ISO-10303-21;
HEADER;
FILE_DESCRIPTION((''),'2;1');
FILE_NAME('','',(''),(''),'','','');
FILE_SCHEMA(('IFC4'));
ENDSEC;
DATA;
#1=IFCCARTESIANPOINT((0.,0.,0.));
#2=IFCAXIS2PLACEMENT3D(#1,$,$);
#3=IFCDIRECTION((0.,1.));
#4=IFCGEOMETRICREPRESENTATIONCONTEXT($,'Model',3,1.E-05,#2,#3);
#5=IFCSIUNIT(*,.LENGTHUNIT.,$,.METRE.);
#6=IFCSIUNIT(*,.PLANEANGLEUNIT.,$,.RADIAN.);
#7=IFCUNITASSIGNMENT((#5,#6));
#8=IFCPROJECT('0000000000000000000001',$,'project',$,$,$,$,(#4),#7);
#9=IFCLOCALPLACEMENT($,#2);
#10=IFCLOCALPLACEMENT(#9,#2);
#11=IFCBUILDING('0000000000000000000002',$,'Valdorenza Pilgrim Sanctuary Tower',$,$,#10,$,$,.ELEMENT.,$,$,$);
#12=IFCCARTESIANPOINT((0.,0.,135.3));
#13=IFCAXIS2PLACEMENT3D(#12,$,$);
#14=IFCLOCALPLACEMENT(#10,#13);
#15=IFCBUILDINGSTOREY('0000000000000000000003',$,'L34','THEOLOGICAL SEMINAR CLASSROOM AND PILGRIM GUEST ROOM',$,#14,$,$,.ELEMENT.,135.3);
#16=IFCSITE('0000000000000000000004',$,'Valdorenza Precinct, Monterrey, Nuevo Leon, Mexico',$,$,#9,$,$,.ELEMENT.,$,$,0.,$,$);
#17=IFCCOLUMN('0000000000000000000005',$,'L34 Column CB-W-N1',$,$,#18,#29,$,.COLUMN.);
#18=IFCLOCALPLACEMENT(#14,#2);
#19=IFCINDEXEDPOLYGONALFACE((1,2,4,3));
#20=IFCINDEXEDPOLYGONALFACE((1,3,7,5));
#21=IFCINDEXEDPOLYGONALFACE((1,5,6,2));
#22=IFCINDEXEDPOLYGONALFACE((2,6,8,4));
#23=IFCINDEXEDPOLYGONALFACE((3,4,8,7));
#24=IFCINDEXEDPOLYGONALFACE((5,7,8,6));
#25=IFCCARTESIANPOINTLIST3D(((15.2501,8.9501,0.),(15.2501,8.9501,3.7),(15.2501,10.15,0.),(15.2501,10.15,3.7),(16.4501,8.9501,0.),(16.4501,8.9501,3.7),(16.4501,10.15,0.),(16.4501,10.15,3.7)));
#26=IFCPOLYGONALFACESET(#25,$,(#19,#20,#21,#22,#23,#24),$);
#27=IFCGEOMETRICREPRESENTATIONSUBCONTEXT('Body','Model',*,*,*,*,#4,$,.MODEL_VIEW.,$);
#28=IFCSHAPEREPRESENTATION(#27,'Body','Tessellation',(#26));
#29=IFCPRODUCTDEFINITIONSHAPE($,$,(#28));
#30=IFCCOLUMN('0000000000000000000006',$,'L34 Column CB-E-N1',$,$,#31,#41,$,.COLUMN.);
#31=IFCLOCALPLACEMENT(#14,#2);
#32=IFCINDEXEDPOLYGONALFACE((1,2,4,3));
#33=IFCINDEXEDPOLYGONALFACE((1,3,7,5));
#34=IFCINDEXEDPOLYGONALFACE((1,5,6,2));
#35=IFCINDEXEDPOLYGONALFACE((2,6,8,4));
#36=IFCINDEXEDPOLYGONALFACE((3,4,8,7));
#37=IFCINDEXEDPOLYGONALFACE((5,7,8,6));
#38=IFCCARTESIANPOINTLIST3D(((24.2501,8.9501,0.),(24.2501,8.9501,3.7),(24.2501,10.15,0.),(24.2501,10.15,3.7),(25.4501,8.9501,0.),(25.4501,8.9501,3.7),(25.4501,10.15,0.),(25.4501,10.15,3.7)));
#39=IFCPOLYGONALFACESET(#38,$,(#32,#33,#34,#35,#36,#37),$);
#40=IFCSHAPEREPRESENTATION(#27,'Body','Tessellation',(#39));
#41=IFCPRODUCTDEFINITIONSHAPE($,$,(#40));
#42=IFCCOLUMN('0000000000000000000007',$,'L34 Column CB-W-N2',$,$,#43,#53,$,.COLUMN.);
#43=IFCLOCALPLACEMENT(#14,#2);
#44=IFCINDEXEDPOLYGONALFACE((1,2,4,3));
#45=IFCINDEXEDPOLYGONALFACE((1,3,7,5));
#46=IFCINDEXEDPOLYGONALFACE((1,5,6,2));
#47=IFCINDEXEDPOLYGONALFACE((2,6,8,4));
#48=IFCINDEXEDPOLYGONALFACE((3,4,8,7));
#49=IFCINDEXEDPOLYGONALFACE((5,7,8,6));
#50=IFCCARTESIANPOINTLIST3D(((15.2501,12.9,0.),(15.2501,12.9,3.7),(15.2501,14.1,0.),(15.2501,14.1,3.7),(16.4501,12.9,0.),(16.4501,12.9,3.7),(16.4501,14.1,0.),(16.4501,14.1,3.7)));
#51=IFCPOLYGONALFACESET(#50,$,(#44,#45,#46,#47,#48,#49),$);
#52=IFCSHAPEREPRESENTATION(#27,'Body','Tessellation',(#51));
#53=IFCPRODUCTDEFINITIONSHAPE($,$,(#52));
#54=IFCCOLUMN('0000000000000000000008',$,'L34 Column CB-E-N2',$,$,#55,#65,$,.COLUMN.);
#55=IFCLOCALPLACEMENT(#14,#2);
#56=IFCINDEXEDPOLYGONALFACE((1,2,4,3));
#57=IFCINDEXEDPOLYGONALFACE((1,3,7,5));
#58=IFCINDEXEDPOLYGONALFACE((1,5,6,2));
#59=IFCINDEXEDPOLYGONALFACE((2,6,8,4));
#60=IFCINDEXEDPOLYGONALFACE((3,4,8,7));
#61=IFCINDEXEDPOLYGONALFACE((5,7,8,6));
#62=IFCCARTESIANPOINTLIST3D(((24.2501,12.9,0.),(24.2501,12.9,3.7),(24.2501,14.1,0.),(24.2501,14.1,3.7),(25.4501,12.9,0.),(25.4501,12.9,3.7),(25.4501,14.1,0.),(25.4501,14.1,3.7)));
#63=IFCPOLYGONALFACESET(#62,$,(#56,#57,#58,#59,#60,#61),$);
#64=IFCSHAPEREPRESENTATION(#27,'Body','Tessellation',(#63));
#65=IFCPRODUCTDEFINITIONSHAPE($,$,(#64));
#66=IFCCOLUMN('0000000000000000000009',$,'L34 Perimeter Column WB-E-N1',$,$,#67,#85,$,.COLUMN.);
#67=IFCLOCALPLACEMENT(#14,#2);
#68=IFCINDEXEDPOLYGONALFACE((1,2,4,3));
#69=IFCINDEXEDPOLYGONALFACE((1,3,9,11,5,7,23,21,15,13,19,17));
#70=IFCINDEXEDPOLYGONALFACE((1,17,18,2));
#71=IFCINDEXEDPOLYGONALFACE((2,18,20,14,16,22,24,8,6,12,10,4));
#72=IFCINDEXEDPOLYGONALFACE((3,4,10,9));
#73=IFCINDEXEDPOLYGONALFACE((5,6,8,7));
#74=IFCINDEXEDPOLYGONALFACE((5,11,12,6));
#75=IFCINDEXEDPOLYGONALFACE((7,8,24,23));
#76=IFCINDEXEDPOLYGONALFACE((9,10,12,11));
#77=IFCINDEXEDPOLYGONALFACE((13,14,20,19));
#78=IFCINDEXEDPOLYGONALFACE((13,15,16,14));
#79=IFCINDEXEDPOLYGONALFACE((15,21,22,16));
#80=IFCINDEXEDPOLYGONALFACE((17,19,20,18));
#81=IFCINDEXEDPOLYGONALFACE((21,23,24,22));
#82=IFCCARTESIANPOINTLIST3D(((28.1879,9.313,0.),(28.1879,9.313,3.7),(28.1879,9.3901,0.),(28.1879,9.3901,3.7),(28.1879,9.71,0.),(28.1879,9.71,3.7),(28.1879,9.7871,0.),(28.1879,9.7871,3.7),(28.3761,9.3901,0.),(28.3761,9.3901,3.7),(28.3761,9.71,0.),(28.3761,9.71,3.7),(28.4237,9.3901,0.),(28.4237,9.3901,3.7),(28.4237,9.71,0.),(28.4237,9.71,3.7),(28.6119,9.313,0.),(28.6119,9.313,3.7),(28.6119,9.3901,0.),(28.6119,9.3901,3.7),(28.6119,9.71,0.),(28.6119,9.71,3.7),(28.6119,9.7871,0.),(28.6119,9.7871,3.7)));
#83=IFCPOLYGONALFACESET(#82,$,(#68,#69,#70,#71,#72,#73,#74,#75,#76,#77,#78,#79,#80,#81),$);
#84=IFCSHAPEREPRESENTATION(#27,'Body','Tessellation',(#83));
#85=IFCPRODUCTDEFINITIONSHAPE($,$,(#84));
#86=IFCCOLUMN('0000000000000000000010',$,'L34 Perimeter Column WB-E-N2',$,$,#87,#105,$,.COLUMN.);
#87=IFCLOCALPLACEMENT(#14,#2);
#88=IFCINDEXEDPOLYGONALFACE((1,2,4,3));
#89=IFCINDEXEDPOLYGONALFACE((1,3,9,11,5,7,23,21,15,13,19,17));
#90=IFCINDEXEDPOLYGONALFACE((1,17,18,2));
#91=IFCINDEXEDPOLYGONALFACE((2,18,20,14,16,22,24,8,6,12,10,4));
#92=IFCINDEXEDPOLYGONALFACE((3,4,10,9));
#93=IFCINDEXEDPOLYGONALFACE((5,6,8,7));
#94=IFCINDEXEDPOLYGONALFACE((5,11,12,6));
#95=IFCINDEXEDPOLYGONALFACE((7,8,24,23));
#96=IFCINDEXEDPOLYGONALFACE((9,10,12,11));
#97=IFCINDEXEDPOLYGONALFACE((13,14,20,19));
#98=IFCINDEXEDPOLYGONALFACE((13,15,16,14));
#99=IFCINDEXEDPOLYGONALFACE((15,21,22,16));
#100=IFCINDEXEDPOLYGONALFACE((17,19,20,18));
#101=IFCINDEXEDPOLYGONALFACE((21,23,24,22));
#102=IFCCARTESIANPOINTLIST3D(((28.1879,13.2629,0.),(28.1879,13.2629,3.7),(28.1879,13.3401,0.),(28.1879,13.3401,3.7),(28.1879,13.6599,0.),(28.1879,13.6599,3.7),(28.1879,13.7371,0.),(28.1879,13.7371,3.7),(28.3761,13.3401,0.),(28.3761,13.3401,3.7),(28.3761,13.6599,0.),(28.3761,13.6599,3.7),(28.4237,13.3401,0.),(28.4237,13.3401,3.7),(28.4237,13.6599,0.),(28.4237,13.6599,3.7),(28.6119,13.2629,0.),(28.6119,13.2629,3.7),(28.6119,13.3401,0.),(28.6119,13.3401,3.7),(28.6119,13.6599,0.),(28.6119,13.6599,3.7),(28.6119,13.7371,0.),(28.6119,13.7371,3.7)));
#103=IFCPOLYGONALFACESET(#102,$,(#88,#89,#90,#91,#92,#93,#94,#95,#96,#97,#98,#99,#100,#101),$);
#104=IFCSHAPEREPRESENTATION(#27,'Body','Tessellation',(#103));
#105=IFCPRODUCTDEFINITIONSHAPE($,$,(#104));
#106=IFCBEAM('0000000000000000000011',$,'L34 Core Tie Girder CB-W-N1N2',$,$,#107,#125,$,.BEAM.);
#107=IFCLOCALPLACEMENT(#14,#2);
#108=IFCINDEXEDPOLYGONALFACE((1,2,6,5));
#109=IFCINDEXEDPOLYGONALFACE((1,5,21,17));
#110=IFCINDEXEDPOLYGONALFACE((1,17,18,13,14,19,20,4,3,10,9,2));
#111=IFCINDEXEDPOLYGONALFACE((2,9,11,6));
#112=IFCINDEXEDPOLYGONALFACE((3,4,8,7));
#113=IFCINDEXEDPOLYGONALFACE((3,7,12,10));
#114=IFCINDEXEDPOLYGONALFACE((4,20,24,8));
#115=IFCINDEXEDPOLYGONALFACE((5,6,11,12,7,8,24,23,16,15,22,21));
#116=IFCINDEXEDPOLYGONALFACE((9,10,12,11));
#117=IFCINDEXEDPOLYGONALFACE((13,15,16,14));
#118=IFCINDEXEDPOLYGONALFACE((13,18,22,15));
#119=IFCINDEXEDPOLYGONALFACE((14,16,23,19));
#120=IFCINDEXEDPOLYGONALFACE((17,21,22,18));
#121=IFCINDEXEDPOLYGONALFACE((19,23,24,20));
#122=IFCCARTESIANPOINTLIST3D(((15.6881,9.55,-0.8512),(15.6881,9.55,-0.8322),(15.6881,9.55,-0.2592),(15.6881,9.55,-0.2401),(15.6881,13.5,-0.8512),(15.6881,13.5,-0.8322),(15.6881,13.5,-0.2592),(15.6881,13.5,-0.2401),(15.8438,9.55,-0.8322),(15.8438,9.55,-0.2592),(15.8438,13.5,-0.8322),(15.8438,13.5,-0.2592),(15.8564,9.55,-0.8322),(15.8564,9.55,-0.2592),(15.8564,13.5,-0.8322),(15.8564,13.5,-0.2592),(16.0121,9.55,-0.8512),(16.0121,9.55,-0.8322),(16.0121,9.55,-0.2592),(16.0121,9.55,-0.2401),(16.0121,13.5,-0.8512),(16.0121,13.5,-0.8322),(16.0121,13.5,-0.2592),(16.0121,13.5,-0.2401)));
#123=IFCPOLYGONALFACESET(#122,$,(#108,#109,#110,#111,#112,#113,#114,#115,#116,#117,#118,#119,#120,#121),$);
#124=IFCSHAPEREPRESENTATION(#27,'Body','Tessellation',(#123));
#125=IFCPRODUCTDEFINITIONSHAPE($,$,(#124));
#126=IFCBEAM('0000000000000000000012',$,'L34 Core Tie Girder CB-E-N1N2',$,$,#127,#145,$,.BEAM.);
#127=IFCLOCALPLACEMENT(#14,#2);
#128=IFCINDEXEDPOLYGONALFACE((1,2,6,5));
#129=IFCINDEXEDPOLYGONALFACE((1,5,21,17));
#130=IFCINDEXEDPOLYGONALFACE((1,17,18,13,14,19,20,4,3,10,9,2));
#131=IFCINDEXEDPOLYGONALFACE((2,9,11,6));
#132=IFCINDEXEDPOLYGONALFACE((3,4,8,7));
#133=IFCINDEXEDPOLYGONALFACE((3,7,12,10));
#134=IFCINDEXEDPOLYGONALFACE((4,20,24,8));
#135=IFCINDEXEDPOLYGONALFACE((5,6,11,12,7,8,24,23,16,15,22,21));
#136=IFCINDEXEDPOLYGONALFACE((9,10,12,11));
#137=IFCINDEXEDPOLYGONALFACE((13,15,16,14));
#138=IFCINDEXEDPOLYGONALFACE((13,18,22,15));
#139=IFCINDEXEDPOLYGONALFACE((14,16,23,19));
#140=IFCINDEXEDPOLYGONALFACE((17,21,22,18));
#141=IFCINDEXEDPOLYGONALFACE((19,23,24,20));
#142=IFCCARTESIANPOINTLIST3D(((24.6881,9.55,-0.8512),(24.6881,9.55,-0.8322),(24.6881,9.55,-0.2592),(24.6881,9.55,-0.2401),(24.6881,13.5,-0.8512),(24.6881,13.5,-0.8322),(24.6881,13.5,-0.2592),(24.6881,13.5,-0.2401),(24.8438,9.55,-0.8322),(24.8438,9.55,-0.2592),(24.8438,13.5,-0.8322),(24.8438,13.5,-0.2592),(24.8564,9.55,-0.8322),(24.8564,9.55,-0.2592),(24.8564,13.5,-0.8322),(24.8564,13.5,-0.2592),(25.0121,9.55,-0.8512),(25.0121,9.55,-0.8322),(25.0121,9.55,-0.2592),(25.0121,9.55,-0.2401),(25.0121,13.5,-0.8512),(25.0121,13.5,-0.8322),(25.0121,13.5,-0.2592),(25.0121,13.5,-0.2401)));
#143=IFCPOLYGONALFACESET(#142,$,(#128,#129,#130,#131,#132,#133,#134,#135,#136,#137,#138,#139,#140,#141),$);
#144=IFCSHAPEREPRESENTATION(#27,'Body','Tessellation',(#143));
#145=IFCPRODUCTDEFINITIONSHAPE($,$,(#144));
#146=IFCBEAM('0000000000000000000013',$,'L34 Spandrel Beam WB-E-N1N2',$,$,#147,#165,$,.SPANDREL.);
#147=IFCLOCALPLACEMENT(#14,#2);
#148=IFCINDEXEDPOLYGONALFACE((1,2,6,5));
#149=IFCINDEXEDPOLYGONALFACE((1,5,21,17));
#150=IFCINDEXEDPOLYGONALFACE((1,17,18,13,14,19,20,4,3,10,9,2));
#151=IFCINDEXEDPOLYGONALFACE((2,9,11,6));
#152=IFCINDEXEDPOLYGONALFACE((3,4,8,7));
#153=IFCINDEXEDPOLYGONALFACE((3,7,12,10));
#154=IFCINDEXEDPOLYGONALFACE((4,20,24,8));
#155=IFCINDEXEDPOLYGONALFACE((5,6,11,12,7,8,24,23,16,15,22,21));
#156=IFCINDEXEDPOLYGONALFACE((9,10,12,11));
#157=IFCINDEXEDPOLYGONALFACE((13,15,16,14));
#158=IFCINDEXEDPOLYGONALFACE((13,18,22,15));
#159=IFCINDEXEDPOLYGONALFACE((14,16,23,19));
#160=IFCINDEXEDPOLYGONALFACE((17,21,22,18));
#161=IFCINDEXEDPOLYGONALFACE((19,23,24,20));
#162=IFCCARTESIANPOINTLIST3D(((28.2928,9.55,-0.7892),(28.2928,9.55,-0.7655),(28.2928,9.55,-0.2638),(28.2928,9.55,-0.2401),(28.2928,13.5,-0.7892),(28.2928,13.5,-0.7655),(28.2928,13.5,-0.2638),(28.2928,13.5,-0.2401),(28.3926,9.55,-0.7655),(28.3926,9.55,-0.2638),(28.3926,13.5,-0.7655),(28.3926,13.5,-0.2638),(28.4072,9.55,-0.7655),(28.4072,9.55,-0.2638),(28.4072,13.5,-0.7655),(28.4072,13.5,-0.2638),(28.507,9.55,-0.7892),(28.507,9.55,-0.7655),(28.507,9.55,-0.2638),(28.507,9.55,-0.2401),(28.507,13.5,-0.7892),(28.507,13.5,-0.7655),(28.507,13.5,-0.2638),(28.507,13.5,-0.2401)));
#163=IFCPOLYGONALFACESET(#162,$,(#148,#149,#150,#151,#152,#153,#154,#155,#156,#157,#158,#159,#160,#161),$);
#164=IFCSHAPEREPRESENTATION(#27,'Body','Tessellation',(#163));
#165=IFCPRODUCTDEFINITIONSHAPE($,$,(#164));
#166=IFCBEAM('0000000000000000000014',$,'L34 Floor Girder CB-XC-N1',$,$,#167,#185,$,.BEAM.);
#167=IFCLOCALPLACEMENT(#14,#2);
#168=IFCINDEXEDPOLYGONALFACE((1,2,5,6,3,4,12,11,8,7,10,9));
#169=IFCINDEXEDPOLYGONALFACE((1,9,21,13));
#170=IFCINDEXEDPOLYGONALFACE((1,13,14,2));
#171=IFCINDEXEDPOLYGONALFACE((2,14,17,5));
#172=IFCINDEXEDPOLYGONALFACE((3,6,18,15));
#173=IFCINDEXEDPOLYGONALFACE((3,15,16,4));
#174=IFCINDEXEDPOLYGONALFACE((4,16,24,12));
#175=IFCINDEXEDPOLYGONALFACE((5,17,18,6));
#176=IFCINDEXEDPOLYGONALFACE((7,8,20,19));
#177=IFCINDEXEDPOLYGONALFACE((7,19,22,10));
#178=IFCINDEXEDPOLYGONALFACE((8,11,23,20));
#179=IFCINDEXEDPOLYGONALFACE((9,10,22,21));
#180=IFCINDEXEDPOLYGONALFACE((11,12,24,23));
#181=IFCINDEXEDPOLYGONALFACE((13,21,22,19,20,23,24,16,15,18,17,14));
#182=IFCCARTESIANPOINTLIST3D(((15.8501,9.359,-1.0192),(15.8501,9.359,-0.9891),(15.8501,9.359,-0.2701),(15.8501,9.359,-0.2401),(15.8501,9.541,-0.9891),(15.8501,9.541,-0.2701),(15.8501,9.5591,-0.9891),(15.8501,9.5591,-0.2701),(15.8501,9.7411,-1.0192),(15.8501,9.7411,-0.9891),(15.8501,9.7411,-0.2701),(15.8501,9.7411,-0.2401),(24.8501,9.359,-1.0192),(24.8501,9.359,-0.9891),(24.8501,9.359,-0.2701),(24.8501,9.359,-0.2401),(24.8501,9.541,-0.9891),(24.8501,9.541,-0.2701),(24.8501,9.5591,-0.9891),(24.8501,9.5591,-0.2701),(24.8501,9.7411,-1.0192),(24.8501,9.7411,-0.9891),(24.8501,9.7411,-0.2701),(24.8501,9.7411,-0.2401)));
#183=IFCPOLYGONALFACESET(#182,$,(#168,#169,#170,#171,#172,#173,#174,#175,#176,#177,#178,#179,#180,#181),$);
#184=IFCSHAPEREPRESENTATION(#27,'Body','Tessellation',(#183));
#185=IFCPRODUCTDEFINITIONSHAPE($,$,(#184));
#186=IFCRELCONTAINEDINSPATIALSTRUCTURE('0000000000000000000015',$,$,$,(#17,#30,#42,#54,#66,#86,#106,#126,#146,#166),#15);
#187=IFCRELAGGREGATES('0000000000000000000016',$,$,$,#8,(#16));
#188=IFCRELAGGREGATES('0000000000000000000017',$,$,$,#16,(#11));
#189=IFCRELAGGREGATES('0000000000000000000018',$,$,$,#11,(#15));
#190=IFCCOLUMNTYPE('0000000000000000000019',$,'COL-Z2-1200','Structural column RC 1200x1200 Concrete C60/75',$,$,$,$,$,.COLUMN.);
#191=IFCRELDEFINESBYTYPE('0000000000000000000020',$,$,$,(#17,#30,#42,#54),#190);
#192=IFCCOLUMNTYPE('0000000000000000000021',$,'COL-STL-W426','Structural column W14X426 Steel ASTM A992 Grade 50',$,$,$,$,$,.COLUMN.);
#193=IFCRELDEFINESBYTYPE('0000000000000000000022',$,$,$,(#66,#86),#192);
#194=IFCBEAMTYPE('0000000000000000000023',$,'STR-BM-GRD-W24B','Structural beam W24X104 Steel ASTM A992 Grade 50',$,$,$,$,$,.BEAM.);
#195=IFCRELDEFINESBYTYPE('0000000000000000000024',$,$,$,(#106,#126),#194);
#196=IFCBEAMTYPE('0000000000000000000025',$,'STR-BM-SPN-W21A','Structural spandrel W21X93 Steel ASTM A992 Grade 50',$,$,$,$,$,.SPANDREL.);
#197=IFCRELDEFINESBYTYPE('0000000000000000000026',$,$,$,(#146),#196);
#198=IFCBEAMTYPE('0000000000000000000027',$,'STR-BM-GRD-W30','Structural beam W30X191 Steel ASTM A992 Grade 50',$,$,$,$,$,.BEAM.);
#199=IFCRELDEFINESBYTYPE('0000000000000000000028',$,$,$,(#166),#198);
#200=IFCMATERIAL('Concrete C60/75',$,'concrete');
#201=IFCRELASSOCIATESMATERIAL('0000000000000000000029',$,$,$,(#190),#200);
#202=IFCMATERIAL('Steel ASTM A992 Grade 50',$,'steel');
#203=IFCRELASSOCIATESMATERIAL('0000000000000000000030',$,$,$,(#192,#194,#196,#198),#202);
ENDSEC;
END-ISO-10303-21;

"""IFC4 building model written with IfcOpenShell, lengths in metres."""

from ifc_helpers import new_model, si_unit, direction, frame, origin, origin_2d, place, context, subcontext, project, spatial, rectangle, i_section, extrude, source, transform, mapped, material, material_profile, profile_set, type_object, element, save


model = new_model("IFC4")

# Units and contexts
model_context = context("Model", 3, precision=1e-05, world=origin(), true_north=direction((0.0, 1.0)))
body_context = subcontext(model_context, "Body", "Model", "MODEL_VIEW")
ifc_project = project(units=[si_unit("LENGTHUNIT", "METRE"), si_unit("PLANEANGLEUNIT", "RADIAN")], contexts=[model_context])

# Site, building, storey
site_placement = place(None, origin())
site = spatial("IfcSite", under=ifc_project, at=site_placement, Name="Valdorenza Precinct, Monterrey, Nuevo Leon, Mexico", CompositionType="ELEMENT", RefElevation=0.0)
building_placement = place(site_placement, origin())
building = spatial("IfcBuilding", under=site, at=building_placement, Name="Valdorenza Pilgrim Sanctuary Tower", CompositionType="ELEMENT")
storey_placement = place(building_placement, frame((0.0, 0.0, 135.3)))
storey = spatial("IfcBuildingStorey", under=building, at=storey_placement, Name="L34", Description="THEOLOGICAL SEMINAR CLASSROOM AND PILGRIM GUEST ROOM", CompositionType="ELEMENT", Elevation=135.3)

# Columns
ifc_material_1 = material(Name="Concrete C60/75", Category="concrete")
ifc_material_profile_1 = material_profile(ifc_material_1, rectangle(XDim=1.2, YDim=1.2, at=origin_2d()), Name="RC 1200x1200")
ifc_profile_set_1 = profile_set([ifc_material_profile_1], Name="Concrete C60/75")
column_type_1 = type_object("IfcColumnType", Name="COL-Z2-1200", Description="Structural column RC 1200x1200 Concrete C60/75", PredefinedType="COLUMN", material=ifc_profile_set_1)
shared_shape_1 = source(origin(), body_context, "Body", "SweptSolid", [
    extrude(rectangle(XDim=1.2, YDim=1.2, at=origin_2d()), origin(), (0.0, 0.0, 1.0), 3.7),
])
for number, where, z_axis, x_axis, name in (
    (1, (15.8501, 9.55, 0.0), (0.0, 0.0, 1.0), (1.0, 0.0, 0.0), "L34 Column CB-W-N1"),
    (2, (24.8501, 9.55, 0.0), (0.0, 0.0, 1.0), (1.0, 0.0, 0.0), "L34 Column CB-E-N1"),
    (3, (15.8501, 13.5, 0.0), (0.0, 0.0, 1.0), (1.0, 0.0, 0.0), "L34 Column CB-W-N2"),
    (4, (24.8501, 13.5, 0.0), (0.0, 0.0, 1.0), (1.0, 0.0, 0.0), "L34 Column CB-E-N2"),
):
    element("IfcColumn", number, at=place(storey_placement, frame(where, z_axis=z_axis, x_axis=x_axis)), inside=storey, type_object=column_type_1, Name=name, PredefinedType="COLUMN", context=body_context, shape_type="MappedRepresentation", body=[
        mapped(shared_shape_1, transform((0.0, 0.0, 0.0), x_axis=(1.0, 0.0, 0.0), y_axis=(0.0, 1.0, 0.0), z_axis=(0.0, 0.0, 1.0), scale=1.0)),
    ])
ifc_material_2 = material(Name="Steel ASTM A992 Grade 50", Category="steel")
ifc_material_profile_2 = material_profile(ifc_material_2, i_section(OverallWidth=0.4241, OverallDepth=0.4741, WebThickness=0.0476, FlangeThickness=0.0771, at=origin_2d()), Name="W14X426")
ifc_profile_set_2 = profile_set([ifc_material_profile_2], Name="Steel ASTM A992 Grade 50")
column_type_2 = type_object("IfcColumnType", Name="COL-STL-W426", Description="Structural column W14X426 Steel ASTM A992 Grade 50", PredefinedType="COLUMN", material=ifc_profile_set_2)
shared_shape_2 = source(origin(), body_context, "Body", "SweptSolid", [
    extrude(i_section(OverallWidth=0.4241, OverallDepth=0.4741, WebThickness=0.0476, FlangeThickness=0.0771, at=origin_2d()), origin(), (0.0, 0.0, 1.0), 3.7),
])
for number, where, z_axis, x_axis, name in (
    (5, (28.3999, 9.55, 0.0), (0.0, 0.0, 1.0), (1.0, 0.0, 0.0), "L34 Perimeter Column WB-E-N1"),
    (6, (28.3999, 13.5, 0.0), (0.0, 0.0, 1.0), (1.0, 0.0, 0.0), "L34 Perimeter Column WB-E-N2"),
):
    element("IfcColumn", number, at=place(storey_placement, frame(where, z_axis=z_axis, x_axis=x_axis)), inside=storey, type_object=column_type_2, Name=name, PredefinedType="COLUMN", context=body_context, shape_type="MappedRepresentation", body=[
        mapped(shared_shape_2, transform((0.0, 0.0, 0.0), x_axis=(1.0, 0.0, 0.0), y_axis=(0.0, 1.0, 0.0), z_axis=(0.0, 0.0, 1.0), scale=1.0)),
    ])

# Beams
ifc_material_profile_3 = material_profile(ifc_material_2, i_section(OverallWidth=0.324, OverallDepth=0.6111, WebThickness=0.0127, FlangeThickness=0.019, at=origin_2d()), Name="W24X104")
ifc_profile_set_3 = profile_set([ifc_material_profile_3], Name="Steel ASTM A992 Grade 50")
beam_type_1 = type_object("IfcBeamType", Name="STR-BM-GRD-W24B", Description="Structural beam W24X104 Steel ASTM A992 Grade 50", PredefinedType="BEAM", material=ifc_profile_set_3)
shared_shape_3 = source(origin(), body_context, "Body", "SweptSolid", [
    extrude(i_section(OverallWidth=0.324, OverallDepth=0.6111, WebThickness=0.0127, FlangeThickness=0.019, at=origin_2d()), origin(), (0.0, 0.0, 1.0), 3.95),
])
for number, where, z_axis, x_axis, name in (
    (7, (15.8501, 9.55, -0.5457), (0.0, 1.0, 0.0), (-1.0, 0.0, 0.0), "L34 Core Tie Girder CB-W-N1N2"),
    (8, (24.8501, 9.55, -0.5457), (0.0, 1.0, 0.0), (-1.0, 0.0, 0.0), "L34 Core Tie Girder CB-E-N1N2"),
):
    element("IfcBeam", number, at=place(storey_placement, frame(where, z_axis=z_axis, x_axis=x_axis)), inside=storey, type_object=beam_type_1, Name=name, PredefinedType="BEAM", context=body_context, shape_type="MappedRepresentation", body=[
        mapped(shared_shape_3, transform((0.0, 0.0, 0.0), x_axis=(1.0, 0.0, 0.0), y_axis=(0.0, 1.0, 0.0), z_axis=(0.0, 0.0, 1.0), scale=1.0)),
    ])
ifc_material_profile_4 = material_profile(ifc_material_2, i_section(OverallWidth=0.2141, OverallDepth=0.5491, WebThickness=0.0146, FlangeThickness=0.0237, at=origin_2d()), Name="W21X93")
ifc_profile_set_4 = profile_set([ifc_material_profile_4], Name="Steel ASTM A992 Grade 50")
beam_type_2 = type_object("IfcBeamType", Name="STR-BM-SPN-W21A", Description="Structural spandrel W21X93 Steel ASTM A992 Grade 50", PredefinedType="SPANDREL", material=ifc_profile_set_4)
shared_shape_4 = source(origin(), body_context, "Body", "SweptSolid", [
    extrude(i_section(OverallWidth=0.2141, OverallDepth=0.5491, WebThickness=0.0146, FlangeThickness=0.0237, at=origin_2d()), origin(), (0.0, 0.0, 1.0), 3.95),
])
beam_placement = place(storey_placement, frame((28.3999, 9.55, -0.5146), z_axis=(0.0, 1.0, 0.0), x_axis=(-1.0, 0.0, 0.0)))
element("IfcBeam", 9, at=beam_placement, inside=storey, type_object=beam_type_2, Name="L34 Spandrel Beam WB-E-N1N2", PredefinedType="SPANDREL", context=body_context, shape_type="MappedRepresentation", body=[
    mapped(shared_shape_4, transform((0.0, 0.0, 0.0), x_axis=(1.0, 0.0, 0.0), y_axis=(0.0, 1.0, 0.0), z_axis=(0.0, 0.0, 1.0), scale=1.0)),
])
ifc_material_profile_5 = material_profile(ifc_material_2, i_section(OverallWidth=0.3821, OverallDepth=0.7791, WebThickness=0.0181, FlangeThickness=0.03, at=origin_2d()), Name="W30X191")
ifc_profile_set_5 = profile_set([ifc_material_profile_5], Name="Steel ASTM A992 Grade 50")
beam_type_3 = type_object("IfcBeamType", Name="STR-BM-GRD-W30", Description="Structural beam W30X191 Steel ASTM A992 Grade 50", PredefinedType="BEAM", material=ifc_profile_set_5)
shared_shape_5 = source(origin(), body_context, "Body", "SweptSolid", [
    extrude(i_section(OverallWidth=0.3821, OverallDepth=0.7791, WebThickness=0.0181, FlangeThickness=0.03, at=origin_2d()), origin(), (0.0, 0.0, 1.0), 9.0),
])
for number, where, z_axis, x_axis, name in (
    (10, (15.8501, 9.55, -0.6296), (1.0, 0.0, 0.0), (0.0, 1.0, 0.0), "L34 Floor Girder CB-XC-N1"),
):
    element("IfcBeam", number, at=place(storey_placement, frame(where, z_axis=z_axis, x_axis=x_axis)), inside=storey, type_object=beam_type_3, Name=name, PredefinedType="BEAM", context=body_context, shape_type="MappedRepresentation", body=[
        mapped(shared_shape_5, transform((0.0, 0.0, 0.0), x_axis=(1.0, 0.0, 0.0), y_axis=(0.0, 1.0, 0.0), z_axis=(0.0, 0.0, 1.0), scale=1.0)),
    ])

save(model, "model.ifc")
